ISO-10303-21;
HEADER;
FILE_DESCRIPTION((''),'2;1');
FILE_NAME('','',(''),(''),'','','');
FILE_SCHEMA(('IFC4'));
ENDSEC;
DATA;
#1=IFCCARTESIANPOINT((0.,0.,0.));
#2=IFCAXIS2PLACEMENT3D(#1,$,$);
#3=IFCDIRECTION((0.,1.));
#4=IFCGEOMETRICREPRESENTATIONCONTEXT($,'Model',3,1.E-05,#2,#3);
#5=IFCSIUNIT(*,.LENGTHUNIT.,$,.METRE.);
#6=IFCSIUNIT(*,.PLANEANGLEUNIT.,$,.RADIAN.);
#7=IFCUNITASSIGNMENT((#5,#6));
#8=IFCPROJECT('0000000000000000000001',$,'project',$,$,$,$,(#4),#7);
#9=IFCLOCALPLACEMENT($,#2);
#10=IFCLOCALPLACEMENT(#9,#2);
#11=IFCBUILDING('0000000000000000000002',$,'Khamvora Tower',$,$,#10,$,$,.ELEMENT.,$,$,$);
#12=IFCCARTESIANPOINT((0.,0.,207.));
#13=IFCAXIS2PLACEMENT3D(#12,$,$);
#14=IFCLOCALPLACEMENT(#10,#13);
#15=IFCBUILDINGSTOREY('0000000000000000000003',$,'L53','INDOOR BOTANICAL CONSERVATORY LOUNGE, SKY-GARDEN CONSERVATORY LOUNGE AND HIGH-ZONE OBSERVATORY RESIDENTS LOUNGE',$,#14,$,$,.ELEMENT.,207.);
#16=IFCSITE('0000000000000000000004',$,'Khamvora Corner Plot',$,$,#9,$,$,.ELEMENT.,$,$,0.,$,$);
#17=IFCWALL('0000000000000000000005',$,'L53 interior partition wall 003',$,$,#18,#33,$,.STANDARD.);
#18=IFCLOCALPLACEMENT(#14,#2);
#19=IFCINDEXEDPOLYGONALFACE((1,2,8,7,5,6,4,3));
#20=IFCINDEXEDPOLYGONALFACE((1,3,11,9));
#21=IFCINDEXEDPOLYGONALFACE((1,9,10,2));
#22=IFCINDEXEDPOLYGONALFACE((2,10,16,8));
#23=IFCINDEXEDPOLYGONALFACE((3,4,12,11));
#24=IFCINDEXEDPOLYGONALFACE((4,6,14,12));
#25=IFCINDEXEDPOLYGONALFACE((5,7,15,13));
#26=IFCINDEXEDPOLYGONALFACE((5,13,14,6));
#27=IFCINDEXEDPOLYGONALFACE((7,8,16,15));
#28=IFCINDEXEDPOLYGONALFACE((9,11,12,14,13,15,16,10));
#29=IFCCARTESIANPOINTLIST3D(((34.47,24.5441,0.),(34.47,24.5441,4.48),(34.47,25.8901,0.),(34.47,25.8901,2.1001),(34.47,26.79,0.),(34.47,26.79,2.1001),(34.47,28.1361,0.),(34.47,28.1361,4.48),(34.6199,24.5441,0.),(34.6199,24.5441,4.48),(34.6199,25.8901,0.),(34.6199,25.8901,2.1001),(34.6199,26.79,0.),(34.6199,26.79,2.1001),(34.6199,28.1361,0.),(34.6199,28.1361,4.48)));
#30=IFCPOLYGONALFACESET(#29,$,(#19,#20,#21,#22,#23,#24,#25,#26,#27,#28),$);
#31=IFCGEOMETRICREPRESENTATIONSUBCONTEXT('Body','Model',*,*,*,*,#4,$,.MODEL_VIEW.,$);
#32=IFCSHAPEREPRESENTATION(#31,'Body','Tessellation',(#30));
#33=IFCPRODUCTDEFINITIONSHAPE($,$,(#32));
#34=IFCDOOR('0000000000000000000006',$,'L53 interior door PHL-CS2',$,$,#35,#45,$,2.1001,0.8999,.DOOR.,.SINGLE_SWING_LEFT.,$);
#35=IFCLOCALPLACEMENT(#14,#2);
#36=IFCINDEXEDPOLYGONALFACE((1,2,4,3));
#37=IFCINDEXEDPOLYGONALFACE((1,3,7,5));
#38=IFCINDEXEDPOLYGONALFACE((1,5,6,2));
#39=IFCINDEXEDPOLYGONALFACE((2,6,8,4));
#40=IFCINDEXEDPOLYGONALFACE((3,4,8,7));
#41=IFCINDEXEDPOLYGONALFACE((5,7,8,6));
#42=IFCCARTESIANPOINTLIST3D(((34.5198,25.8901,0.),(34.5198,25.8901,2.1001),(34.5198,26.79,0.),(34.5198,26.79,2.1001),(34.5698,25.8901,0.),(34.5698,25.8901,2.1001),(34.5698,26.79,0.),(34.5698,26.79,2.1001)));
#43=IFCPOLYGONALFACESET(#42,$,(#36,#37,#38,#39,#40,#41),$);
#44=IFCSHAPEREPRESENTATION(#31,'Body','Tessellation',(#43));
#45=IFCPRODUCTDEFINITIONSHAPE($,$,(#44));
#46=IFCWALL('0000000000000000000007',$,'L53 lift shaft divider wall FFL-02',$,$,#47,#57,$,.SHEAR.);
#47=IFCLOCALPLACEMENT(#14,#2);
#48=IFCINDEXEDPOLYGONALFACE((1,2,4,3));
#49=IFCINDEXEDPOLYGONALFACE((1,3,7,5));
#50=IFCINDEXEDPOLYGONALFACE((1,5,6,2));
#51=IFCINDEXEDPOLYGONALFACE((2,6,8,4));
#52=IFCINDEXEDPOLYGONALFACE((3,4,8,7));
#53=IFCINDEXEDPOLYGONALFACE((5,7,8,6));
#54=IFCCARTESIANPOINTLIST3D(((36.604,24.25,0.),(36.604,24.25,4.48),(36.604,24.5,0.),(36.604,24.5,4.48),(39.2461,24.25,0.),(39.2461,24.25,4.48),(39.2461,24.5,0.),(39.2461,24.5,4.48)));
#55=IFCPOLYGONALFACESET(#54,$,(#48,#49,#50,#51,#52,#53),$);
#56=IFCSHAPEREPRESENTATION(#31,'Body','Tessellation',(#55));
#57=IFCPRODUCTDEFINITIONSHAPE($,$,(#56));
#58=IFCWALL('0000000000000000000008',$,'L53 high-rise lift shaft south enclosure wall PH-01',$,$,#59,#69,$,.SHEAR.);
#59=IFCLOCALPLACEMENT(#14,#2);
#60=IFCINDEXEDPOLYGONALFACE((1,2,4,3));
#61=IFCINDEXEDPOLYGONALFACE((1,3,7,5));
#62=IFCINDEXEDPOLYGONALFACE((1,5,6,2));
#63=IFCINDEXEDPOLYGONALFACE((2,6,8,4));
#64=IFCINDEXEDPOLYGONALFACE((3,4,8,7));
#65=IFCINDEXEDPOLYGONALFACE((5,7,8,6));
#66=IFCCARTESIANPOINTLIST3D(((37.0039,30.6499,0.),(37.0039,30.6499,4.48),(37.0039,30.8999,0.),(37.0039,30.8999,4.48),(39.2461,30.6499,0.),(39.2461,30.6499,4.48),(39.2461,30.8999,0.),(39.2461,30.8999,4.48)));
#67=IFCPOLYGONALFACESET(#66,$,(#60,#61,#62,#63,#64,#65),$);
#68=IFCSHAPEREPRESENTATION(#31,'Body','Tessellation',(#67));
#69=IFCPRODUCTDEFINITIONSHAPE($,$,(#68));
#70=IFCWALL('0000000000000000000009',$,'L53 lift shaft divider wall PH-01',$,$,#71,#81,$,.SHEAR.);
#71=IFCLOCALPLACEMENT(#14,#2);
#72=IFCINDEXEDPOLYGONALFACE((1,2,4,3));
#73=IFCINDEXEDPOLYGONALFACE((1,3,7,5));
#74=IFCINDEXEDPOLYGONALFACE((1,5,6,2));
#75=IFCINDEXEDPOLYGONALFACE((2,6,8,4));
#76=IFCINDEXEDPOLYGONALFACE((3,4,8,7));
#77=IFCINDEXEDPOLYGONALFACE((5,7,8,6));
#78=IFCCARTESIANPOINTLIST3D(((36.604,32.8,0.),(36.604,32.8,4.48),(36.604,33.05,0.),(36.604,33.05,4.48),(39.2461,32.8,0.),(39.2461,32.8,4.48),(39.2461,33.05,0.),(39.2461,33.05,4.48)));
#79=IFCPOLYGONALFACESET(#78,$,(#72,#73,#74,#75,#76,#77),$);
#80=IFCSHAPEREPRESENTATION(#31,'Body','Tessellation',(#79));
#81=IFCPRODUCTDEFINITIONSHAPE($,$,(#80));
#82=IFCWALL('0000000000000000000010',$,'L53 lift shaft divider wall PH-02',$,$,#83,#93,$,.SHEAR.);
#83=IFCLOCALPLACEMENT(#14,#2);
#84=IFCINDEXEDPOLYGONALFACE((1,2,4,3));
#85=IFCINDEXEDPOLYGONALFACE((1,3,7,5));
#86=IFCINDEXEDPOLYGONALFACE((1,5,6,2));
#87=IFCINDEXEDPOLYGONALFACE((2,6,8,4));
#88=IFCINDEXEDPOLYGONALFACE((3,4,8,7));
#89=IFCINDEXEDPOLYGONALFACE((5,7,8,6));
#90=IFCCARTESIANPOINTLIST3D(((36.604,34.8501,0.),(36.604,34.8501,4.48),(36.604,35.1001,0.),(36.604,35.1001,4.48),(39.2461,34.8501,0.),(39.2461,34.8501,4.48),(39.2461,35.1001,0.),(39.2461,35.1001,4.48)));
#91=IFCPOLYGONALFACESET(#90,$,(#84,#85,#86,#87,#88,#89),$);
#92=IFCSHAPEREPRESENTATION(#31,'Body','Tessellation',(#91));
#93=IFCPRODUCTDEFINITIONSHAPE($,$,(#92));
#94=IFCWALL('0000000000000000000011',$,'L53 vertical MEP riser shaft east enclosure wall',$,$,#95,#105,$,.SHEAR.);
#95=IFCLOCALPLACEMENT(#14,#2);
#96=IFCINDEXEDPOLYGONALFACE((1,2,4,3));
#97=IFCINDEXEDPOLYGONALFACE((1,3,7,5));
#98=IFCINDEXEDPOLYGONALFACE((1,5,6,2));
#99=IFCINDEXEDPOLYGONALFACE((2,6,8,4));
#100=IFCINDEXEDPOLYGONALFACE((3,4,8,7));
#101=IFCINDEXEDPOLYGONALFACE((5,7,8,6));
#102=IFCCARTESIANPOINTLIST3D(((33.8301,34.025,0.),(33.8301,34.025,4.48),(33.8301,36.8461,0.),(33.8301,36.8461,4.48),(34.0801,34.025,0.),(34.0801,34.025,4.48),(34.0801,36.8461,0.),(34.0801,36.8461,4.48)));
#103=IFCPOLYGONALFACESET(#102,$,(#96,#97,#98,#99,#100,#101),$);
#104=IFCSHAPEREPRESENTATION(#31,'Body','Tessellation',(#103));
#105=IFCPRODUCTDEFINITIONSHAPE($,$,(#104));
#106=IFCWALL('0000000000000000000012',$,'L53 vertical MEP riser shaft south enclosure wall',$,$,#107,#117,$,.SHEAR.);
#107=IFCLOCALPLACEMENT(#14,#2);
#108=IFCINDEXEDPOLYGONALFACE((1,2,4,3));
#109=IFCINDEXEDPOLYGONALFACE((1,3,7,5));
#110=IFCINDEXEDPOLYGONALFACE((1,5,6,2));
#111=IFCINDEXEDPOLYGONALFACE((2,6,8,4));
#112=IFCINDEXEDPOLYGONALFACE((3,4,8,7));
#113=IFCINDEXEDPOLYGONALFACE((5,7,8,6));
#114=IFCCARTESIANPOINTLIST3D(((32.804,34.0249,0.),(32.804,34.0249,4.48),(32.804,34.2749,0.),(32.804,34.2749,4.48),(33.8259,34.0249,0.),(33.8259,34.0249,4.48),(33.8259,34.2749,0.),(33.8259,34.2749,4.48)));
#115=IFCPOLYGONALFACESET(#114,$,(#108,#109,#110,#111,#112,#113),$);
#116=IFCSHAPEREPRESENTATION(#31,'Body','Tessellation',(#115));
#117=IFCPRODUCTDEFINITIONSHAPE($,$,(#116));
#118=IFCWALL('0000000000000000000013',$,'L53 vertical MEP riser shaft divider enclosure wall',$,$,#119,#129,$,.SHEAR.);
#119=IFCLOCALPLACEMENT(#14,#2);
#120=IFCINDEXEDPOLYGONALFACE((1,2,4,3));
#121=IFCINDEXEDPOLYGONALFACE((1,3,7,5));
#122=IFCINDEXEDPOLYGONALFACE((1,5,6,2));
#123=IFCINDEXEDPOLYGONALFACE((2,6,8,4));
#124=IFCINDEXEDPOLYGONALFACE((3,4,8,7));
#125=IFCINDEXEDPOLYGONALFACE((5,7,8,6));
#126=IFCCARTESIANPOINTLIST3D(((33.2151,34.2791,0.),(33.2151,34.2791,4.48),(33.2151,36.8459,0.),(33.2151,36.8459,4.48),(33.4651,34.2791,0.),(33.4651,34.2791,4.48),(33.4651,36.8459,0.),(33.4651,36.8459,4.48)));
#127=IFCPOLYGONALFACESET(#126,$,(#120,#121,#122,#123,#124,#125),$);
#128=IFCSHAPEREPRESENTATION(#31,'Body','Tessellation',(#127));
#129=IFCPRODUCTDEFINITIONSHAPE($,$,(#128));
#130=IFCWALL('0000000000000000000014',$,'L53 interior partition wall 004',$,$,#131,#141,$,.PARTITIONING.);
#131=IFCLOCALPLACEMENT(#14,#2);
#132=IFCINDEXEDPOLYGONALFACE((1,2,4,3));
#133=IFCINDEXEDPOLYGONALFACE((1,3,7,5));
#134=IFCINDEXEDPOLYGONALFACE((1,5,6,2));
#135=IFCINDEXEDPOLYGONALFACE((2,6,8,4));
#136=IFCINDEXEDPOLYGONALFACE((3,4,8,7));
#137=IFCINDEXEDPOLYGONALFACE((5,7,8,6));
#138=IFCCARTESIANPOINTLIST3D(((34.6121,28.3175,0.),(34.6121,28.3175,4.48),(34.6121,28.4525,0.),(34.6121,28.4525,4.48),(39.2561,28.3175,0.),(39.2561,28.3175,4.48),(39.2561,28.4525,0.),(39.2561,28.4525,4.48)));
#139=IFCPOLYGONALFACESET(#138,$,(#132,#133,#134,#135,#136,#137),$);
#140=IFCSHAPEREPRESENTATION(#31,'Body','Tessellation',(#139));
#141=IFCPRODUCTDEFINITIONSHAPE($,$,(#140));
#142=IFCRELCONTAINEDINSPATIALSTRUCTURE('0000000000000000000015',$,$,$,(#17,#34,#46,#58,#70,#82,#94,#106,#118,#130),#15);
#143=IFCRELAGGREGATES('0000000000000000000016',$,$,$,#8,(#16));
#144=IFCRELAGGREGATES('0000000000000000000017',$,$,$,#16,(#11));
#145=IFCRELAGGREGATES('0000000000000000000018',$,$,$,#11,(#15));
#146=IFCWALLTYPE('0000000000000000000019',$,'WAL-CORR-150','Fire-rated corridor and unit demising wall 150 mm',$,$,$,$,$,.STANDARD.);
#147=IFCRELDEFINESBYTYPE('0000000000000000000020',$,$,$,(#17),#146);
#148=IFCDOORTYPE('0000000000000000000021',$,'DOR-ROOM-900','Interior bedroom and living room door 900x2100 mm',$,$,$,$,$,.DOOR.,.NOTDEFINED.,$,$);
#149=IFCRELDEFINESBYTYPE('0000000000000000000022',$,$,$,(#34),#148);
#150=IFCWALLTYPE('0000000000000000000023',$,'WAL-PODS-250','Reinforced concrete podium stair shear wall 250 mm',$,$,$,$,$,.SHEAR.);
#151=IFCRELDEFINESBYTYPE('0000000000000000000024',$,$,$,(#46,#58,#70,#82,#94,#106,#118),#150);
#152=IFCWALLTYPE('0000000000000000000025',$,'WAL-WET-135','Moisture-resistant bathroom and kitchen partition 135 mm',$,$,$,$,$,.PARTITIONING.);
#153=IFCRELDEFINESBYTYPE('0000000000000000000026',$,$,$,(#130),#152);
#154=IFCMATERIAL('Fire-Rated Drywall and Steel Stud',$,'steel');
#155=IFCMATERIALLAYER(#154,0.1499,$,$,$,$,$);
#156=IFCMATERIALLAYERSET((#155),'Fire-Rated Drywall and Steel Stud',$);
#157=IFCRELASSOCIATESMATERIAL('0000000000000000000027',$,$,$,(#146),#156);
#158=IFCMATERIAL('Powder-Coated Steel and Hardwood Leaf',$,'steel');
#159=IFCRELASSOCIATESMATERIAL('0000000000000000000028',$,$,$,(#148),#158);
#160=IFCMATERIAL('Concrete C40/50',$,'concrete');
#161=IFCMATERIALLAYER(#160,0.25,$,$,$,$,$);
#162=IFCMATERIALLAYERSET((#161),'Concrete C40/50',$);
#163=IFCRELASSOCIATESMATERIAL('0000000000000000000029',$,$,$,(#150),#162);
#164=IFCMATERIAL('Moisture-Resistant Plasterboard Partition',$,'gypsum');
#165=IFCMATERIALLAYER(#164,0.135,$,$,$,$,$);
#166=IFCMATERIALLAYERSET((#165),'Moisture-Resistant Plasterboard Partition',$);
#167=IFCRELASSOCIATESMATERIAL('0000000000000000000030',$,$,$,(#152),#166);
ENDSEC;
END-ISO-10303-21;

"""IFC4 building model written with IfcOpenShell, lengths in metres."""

from ifc_helpers import new_model, si_unit, direction, frame, frame_2d, origin, place, context, subcontext, project, spatial, rectangle, extrude, material, layer, layer_set, type_object, element, fill, save


model = new_model("IFC4")

# Units and contexts
model_context = context("Model", 3, precision=1e-05, world=origin(), true_north=direction((0.0, 1.0)))
body_context = subcontext(model_context, "Body", "Model", "MODEL_VIEW")
ifc_project = project(units=[si_unit("LENGTHUNIT", "METRE"), si_unit("PLANEANGLEUNIT", "RADIAN")], contexts=[model_context])

# Site, building, storey
site_placement = place(None, origin())
site = spatial("IfcSite", under=ifc_project, at=site_placement, Name="Khamvora Corner Plot", CompositionType="ELEMENT", RefElevation=0.0)
building_placement = place(site_placement, origin())
building = spatial("IfcBuilding", under=site, at=building_placement, Name="Khamvora Tower", CompositionType="ELEMENT")
storey_placement = place(building_placement, frame((0.0, 0.0, 207.0)))
storey = spatial("IfcBuildingStorey", under=building, at=storey_placement, Name="L53", Description="INDOOR BOTANICAL CONSERVATORY LOUNGE, SKY-GARDEN CONSERVATORY LOUNGE AND HIGH-ZONE OBSERVATORY RESIDENTS LOUNGE", CompositionType="ELEMENT", Elevation=207.0)

# Shared definitions
ifc_material_1 = material(Name="Powder-Coated Steel and Hardwood Leaf", Category="steel")

# Shared definitions
ifc_material_2 = material(Name="Fire-Rated Drywall and Steel Stud", Category="steel")
ifc_layer_1 = layer(ifc_material_2, 0.1499)
ifc_layer_set_1 = layer_set([ifc_layer_1], Name="Fire-Rated Drywall and Steel Stud")
wall_type_1 = type_object("IfcWallType", Name="WAL-CORR-150", Description="Fire-rated corridor and unit demising wall 150 mm", PredefinedType="STANDARD", material=ifc_layer_set_1)

# Wall, opening, door
wall_1_placement = place(storey_placement, frame((34.5449, 28.136, 0.0), z_axis=(0.0, 0.0, 1.0), x_axis=(0.0, -1.0, 0.0)))
wall_1 = element("IfcWall", 1, at=wall_1_placement, inside=storey, type_object=wall_type_1, Name="L53 interior partition wall 003", PredefinedType="STANDARD", context=body_context, shape_type="SweptSolid", body=[
    extrude(rectangle(XDim=3.592, YDim=0.1499, at=frame_2d((1.7959, 0.0))), origin(), (0.0, 0.0, 1.0), 4.48),
])
opening_1_placement = place(wall_1_placement, frame((1.3459, 0.0, 0.0)))
opening_1 = element("IfcOpeningElement", 2, at=opening_1_placement, cuts=wall_1, PredefinedType="OPENING", context=body_context, shape_type="SweptSolid", body=[
    extrude(rectangle(XDim=0.8999, YDim=2.1001, at=frame_2d((0.45, 1.05))), frame((0.0, 0.085, 0.0), z_axis=(0.0, -1.0, 0.0), x_axis=(1.0, 0.0, 0.0)), (0.0, 0.0, 1.0), 0.1699),
])
door_type_1 = type_object("IfcDoorType", Name="DOR-ROOM-900", Description="Interior bedroom and living room door 900x2100 mm", OperationType="NOTDEFINED", PredefinedType="DOOR", material=ifc_material_1)
door_1_placement = place(opening_1_placement, origin())
door_1 = element("IfcDoor", 3, at=door_1_placement, inside=storey, type_object=door_type_1, Name="L53 interior door PHL-CS2", OperationType="SINGLE_SWING_LEFT", OverallHeight=2.1001, OverallWidth=0.8999, PredefinedType="DOOR", context=body_context, shape_type="SweptSolid", body=[
    extrude(rectangle(XDim=0.8999, YDim=2.1001, at=frame_2d((0.45, 1.05))), frame((0.0, 0.0249, 0.0), z_axis=(0.0, -1.0, 0.0), x_axis=(1.0, 0.0, 0.0)), (0.0, 0.0, 1.0), 0.05),
])
fill(opening_1, door_1)

# Walls
ifc_material_3 = material(Name="Concrete C40/50", Category="concrete")
ifc_layer_2 = layer(ifc_material_3, 0.25)
ifc_layer_set_2 = layer_set([ifc_layer_2], Name="Concrete C40/50")
wall_type_2 = type_object("IfcWallType", Name="WAL-PODS-250", Description="Reinforced concrete podium stair shear wall 250 mm", PredefinedType="SHEAR", material=ifc_layer_set_2)
wall_2_placement = place(storey_placement, frame((36.604, 24.375, 0.0), z_axis=(0.0, 0.0, 1.0), x_axis=(1.0, 0.0, 0.0)))
element("IfcWall", 4, at=wall_2_placement, inside=storey, type_object=wall_type_2, Name="L53 lift shaft divider wall FFL-02", PredefinedType="SHEAR", context=body_context, shape_type="SweptSolid", body=[
    extrude(rectangle(XDim=2.6421, YDim=0.25, at=frame_2d((1.321, 0.0))), origin(), (0.0, 0.0, 1.0), 4.48),
])
wall_3_placement = place(storey_placement, frame((37.0039, 30.7749, 0.0), z_axis=(0.0, 0.0, 1.0), x_axis=(1.0, 0.0, 0.0)))
element("IfcWall", 5, at=wall_3_placement, inside=storey, type_object=wall_type_2, Name="L53 high-rise lift shaft south enclosure wall PH-01", PredefinedType="SHEAR", context=body_context, shape_type="SweptSolid", body=[
    extrude(rectangle(XDim=2.2422, YDim=0.25, at=frame_2d((1.1211, 0.0))), origin(), (0.0, 0.0, 1.0), 4.48),
])
for number, where, z_axis, x_axis, name in (
    (6, (36.604, 32.925, 0.0), (0.0, 0.0, 1.0), (1.0, 0.0, 0.0), "L53 lift shaft divider wall PH-01"),
    (7, (36.604, 34.9751, 0.0), (0.0, 0.0, 1.0), (1.0, 0.0, 0.0), "L53 lift shaft divider wall PH-02"),
):
    element("IfcWall", number, at=place(storey_placement, frame(where, z_axis=z_axis, x_axis=x_axis)), inside=storey, type_object=wall_type_2, Name=name, PredefinedType="SHEAR", context=body_context, shape_type="SweptSolid", body=[
        extrude(rectangle(XDim=2.6421, YDim=0.25, at=frame_2d((1.321, 0.0))), origin(), (0.0, 0.0, 1.0), 4.48),
    ])
wall_4_placement = place(storey_placement, frame((33.9551, 34.0249, 0.0), z_axis=(0.0, 0.0, 1.0), x_axis=(0.0, 1.0, 0.0)))
element("IfcWall", 8, at=wall_4_placement, inside=storey, type_object=wall_type_2, Name="L53 vertical MEP riser shaft east enclosure wall", PredefinedType="SHEAR", context=body_context, shape_type="SweptSolid", body=[
    extrude(rectangle(XDim=2.821, YDim=0.25, at=frame_2d((1.4106, 0.0))), origin(), (0.0, 0.0, 1.0), 4.48),
])
wall_5_placement = place(storey_placement, frame((32.804, 34.1499, 0.0), z_axis=(0.0, 0.0, 1.0), x_axis=(1.0, 0.0, 0.0)))
element("IfcWall", 9, at=wall_5_placement, inside=storey, type_object=wall_type_2, Name="L53 vertical MEP riser shaft south enclosure wall", PredefinedType="SHEAR", context=body_context, shape_type="SweptSolid", body=[
    extrude(rectangle(XDim=1.022, YDim=0.25, at=frame_2d((0.511, 0.0))), origin(), (0.0, 0.0, 1.0), 4.48),
])
wall_6_placement = place(storey_placement, frame((33.3401, 34.2791, 0.0), z_axis=(0.0, 0.0, 1.0), x_axis=(0.0, 1.0, 0.0)))
element("IfcWall", 10, at=wall_6_placement, inside=storey, type_object=wall_type_2, Name="L53 vertical MEP riser shaft divider enclosure wall", PredefinedType="SHEAR", context=body_context, shape_type="SweptSolid", body=[
    extrude(rectangle(XDim=2.5669, YDim=0.25, at=frame_2d((1.2834, 0.0))), origin(), (0.0, 0.0, 1.0), 4.48),
])
ifc_material_4 = material(Name="Moisture-Resistant Plasterboard Partition", Category="gypsum")
ifc_layer_3 = layer(ifc_material_4, 0.135)
ifc_layer_set_3 = layer_set([ifc_layer_3], Name="Moisture-Resistant Plasterboard Partition")
wall_type_3 = type_object("IfcWallType", Name="WAL-WET-135", Description="Moisture-resistant bathroom and kitchen partition 135 mm", PredefinedType="PARTITIONING", material=ifc_layer_set_3)
wall_7_placement = place(storey_placement, frame((39.2561, 28.385, 0.0), z_axis=(0.0, 0.0, 1.0), x_axis=(-1.0, 0.0, 0.0)))
element("IfcWall", 11, at=wall_7_placement, inside=storey, type_object=wall_type_3, Name="L53 interior partition wall 004", PredefinedType="PARTITIONING", context=body_context, shape_type="SweptSolid", body=[
    extrude(rectangle(XDim=4.644, YDim=0.135, at=frame_2d((2.322, 0.0))), origin(), (0.0, 0.0, 1.0), 4.48),
])

save(model, "model.ifc")
